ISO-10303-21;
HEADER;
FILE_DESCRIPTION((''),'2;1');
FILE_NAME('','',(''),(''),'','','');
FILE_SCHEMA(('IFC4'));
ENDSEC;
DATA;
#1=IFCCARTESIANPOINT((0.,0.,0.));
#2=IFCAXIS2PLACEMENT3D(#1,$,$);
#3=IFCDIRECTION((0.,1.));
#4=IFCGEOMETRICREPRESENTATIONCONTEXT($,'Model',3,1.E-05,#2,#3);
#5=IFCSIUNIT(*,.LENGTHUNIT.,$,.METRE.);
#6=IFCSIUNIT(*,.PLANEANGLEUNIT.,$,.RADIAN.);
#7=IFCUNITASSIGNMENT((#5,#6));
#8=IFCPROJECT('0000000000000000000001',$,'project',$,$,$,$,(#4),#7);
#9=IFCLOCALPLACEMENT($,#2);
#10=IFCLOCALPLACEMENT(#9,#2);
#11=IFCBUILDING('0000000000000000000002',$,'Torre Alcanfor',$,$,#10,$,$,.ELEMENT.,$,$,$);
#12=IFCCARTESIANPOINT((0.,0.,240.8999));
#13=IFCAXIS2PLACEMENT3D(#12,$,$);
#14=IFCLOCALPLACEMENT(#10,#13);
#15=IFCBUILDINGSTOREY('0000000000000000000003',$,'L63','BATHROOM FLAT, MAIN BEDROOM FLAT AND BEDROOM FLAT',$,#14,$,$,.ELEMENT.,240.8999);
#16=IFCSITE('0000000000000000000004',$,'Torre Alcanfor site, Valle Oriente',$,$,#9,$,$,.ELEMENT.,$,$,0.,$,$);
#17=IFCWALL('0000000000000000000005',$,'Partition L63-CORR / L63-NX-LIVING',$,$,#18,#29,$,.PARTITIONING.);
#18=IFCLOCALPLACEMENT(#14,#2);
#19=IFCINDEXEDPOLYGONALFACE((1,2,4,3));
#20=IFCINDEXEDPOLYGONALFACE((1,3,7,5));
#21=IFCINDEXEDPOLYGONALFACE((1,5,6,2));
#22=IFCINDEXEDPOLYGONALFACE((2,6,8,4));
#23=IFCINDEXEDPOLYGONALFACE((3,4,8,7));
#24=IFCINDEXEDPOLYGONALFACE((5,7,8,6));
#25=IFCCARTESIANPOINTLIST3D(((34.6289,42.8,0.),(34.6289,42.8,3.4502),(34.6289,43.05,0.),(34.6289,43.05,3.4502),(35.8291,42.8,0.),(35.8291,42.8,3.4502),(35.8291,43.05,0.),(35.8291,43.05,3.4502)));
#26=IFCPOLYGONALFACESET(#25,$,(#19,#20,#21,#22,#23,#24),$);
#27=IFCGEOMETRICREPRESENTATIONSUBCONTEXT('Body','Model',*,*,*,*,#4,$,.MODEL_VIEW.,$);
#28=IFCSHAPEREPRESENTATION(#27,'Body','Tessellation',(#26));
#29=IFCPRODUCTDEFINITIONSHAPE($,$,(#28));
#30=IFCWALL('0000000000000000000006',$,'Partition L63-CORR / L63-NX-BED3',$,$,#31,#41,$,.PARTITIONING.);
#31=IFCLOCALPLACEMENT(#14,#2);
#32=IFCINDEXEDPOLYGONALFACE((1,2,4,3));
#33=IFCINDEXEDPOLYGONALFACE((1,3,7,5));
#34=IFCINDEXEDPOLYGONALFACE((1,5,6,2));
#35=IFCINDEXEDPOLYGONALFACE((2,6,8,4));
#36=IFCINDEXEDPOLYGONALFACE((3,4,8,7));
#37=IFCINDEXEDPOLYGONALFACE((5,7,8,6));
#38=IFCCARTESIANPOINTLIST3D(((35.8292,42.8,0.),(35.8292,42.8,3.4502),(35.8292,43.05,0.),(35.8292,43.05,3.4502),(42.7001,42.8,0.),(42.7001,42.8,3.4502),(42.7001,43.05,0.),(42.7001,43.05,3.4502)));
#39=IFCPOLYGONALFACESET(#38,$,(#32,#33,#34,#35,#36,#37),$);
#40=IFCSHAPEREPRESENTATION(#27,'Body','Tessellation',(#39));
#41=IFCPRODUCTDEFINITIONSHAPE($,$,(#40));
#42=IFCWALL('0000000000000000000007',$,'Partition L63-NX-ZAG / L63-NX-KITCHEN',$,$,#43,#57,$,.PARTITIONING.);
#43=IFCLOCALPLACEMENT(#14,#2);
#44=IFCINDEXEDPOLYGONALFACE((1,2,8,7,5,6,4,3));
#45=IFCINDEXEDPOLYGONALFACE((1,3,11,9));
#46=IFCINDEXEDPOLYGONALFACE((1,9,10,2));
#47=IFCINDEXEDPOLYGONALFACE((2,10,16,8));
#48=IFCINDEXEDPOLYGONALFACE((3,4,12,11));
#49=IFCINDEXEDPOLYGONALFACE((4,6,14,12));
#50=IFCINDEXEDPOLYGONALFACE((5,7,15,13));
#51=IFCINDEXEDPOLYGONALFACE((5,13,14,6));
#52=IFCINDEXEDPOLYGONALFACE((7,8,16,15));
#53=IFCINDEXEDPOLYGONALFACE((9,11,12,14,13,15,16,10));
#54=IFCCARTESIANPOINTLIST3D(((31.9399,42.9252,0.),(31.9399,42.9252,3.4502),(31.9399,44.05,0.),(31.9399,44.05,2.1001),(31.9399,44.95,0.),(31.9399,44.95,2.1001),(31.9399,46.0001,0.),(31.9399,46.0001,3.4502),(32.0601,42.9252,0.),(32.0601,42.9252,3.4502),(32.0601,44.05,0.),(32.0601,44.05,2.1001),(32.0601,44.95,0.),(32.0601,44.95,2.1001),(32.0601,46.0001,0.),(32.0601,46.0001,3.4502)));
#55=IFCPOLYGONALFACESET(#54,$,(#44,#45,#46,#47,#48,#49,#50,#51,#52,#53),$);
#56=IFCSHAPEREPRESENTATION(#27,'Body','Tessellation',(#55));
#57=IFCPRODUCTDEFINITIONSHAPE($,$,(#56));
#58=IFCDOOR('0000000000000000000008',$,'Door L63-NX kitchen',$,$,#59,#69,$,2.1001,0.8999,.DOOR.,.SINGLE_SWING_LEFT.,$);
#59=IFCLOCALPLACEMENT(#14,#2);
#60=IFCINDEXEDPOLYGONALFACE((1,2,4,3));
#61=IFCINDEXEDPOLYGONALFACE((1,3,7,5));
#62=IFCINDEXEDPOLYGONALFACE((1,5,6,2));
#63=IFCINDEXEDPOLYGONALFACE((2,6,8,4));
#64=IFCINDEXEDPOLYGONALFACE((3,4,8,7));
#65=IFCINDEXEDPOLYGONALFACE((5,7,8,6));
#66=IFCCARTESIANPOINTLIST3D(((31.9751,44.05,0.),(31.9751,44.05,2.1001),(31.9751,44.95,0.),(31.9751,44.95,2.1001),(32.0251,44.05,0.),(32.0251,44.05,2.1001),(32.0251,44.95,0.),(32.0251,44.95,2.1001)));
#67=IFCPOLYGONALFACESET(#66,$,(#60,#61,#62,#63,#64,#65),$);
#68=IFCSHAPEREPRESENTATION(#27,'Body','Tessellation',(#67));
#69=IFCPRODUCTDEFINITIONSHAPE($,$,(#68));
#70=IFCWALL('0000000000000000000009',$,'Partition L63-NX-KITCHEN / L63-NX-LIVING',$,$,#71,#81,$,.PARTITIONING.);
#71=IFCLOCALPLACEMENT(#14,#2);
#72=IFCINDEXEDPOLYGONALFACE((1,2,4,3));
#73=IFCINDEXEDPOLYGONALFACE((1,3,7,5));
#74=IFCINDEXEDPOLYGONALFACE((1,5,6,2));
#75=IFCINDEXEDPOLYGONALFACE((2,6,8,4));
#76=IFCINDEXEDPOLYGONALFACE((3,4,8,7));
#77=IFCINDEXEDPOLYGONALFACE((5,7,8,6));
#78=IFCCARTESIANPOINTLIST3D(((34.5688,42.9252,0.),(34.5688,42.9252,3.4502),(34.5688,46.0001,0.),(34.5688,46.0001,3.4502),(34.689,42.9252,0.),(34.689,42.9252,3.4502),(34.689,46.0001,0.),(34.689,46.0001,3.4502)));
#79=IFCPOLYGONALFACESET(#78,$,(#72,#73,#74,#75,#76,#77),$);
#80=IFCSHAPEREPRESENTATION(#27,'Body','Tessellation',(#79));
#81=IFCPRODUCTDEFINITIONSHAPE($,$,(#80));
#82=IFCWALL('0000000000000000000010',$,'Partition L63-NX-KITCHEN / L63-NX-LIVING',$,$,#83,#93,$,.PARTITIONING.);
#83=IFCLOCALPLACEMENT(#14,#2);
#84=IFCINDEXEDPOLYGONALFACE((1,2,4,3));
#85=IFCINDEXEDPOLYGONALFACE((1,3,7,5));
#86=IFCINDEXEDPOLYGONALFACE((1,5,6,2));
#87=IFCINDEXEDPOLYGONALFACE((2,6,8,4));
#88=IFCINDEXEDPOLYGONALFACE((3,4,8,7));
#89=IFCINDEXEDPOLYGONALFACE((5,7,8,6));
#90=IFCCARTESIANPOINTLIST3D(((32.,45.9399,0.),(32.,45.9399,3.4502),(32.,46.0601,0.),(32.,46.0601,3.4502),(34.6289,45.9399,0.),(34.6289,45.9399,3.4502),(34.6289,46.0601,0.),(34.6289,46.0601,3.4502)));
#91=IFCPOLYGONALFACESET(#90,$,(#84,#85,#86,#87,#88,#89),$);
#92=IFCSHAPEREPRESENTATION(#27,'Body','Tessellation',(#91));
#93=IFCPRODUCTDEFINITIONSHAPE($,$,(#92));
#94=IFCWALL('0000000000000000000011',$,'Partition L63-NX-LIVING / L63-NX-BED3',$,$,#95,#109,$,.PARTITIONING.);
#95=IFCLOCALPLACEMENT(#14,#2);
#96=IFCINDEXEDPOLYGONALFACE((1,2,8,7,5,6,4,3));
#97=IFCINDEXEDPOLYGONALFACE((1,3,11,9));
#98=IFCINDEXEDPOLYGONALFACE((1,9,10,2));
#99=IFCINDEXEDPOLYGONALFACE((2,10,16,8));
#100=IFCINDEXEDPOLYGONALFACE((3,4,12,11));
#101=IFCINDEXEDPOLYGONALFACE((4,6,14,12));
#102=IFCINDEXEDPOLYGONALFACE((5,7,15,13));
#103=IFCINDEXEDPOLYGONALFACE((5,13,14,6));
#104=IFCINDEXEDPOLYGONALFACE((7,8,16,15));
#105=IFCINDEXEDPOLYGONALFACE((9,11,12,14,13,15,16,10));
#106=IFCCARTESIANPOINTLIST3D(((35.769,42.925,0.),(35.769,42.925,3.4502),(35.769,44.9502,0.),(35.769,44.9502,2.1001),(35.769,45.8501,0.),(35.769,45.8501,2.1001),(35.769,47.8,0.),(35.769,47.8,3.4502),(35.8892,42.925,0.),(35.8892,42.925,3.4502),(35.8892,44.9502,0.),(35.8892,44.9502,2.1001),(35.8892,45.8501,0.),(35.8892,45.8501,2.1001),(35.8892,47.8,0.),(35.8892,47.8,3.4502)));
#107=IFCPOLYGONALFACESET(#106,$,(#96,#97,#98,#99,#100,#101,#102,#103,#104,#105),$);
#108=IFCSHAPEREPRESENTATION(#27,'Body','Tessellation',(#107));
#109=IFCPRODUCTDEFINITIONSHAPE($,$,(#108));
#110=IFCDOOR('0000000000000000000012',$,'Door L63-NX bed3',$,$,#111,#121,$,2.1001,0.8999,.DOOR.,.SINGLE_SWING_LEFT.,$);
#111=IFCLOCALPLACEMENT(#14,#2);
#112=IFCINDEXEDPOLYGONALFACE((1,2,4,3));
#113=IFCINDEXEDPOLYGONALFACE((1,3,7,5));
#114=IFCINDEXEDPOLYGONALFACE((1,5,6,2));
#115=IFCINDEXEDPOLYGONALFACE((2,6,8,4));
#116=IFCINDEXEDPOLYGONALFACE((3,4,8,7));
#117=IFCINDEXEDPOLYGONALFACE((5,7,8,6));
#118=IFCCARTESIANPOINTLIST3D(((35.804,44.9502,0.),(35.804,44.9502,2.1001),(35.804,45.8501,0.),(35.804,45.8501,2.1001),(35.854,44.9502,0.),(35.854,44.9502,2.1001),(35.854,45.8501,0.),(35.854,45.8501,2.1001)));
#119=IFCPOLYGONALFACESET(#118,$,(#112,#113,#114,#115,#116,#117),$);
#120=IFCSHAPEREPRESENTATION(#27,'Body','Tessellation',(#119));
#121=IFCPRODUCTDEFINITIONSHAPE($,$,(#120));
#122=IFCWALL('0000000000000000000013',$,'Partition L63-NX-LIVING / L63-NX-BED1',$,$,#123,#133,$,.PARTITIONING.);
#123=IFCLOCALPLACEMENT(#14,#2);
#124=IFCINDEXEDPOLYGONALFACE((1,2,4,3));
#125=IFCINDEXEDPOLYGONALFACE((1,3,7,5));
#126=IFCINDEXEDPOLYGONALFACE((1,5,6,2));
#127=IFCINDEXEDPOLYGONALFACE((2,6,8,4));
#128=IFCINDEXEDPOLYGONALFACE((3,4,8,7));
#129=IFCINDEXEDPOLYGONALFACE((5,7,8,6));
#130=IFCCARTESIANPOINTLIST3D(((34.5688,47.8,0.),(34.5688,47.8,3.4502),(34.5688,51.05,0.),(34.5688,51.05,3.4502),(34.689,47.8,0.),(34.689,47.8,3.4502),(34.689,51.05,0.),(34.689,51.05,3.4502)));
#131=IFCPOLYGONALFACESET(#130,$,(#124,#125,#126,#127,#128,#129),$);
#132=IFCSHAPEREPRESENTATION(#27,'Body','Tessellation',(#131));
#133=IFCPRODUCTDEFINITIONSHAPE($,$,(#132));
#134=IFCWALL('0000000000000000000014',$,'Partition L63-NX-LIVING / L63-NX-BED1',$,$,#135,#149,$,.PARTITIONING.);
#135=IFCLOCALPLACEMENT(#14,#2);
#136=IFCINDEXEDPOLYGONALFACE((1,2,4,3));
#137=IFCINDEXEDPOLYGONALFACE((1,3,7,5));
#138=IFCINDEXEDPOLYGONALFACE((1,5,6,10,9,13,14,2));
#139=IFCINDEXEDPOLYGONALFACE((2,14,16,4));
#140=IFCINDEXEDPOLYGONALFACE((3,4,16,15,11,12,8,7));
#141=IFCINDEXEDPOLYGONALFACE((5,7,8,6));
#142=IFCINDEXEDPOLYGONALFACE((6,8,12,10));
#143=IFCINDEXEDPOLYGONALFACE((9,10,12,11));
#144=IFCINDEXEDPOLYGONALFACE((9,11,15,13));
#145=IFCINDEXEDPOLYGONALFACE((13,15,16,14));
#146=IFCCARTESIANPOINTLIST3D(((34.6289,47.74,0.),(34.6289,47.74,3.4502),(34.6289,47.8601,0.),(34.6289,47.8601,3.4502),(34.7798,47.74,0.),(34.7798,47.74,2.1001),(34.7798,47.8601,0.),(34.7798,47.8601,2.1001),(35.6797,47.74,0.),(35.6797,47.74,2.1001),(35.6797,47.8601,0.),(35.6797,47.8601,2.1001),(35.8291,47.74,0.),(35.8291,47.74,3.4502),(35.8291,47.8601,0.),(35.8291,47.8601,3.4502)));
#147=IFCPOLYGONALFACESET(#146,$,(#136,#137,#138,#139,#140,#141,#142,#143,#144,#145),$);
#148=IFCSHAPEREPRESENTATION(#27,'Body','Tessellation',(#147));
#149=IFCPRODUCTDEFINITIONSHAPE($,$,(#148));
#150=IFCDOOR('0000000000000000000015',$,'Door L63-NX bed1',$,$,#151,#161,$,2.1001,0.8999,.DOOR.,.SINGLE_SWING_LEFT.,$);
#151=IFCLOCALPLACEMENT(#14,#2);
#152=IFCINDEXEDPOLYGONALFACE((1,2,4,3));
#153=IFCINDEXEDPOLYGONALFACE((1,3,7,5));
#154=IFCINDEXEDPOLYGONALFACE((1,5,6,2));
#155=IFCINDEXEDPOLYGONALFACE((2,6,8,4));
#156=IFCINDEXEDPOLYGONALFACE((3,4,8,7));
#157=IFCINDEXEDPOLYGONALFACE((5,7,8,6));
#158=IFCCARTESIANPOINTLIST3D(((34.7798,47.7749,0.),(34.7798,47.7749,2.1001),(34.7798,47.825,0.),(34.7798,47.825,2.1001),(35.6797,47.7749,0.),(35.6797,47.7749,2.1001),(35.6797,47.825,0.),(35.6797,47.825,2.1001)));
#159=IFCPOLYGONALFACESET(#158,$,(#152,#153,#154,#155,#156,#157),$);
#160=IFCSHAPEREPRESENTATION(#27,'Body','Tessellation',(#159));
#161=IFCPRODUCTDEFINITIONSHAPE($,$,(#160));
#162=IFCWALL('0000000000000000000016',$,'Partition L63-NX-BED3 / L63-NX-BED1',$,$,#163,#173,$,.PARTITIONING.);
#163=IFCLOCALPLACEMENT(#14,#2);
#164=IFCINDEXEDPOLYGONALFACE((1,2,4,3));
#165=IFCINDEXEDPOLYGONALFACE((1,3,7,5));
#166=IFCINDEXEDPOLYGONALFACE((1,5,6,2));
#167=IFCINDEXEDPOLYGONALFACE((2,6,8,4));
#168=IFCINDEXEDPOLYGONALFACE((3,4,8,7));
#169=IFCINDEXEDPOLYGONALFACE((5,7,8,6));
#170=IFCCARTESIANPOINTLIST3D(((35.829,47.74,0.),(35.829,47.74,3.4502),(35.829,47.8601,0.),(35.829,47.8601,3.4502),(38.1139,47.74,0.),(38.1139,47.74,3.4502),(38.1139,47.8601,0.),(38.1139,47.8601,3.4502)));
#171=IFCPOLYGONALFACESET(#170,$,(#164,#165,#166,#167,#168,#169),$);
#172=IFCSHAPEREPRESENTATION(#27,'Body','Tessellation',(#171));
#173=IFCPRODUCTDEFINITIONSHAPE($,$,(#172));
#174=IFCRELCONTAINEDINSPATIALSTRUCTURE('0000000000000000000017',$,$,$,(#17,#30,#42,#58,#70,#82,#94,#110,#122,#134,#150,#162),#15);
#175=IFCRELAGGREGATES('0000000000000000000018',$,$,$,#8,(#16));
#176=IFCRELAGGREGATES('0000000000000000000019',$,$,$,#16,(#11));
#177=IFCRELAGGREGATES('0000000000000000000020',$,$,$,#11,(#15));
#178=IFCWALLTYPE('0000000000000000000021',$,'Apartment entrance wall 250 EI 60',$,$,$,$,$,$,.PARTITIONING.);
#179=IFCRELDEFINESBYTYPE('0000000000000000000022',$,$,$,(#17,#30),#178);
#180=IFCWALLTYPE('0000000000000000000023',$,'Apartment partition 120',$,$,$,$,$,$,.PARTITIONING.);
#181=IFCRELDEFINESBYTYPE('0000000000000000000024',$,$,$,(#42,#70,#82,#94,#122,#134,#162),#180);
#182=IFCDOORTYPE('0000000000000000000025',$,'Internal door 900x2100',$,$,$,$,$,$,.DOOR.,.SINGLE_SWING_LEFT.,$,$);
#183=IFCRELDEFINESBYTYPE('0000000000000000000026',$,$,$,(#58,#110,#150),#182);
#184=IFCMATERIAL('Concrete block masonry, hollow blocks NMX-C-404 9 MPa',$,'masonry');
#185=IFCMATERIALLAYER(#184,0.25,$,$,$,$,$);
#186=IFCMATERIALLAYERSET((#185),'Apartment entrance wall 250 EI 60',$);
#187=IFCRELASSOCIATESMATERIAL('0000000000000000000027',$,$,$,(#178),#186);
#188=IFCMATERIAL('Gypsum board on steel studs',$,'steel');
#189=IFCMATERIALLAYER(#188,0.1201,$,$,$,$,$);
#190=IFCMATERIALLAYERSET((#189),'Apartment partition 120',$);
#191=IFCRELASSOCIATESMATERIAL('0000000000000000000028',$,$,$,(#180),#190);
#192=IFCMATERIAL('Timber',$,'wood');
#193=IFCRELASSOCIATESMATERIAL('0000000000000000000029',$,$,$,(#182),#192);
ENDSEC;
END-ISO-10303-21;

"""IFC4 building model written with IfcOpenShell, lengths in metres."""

from ifc_helpers import new_model, si_unit, direction, frame, frame_2d, origin, place, context, subcontext, project, spatial, rectangle, extrude, material, layer, layer_set, type_object, element, fill, save


model = new_model("IFC4")

# Units and contexts
model_context = context("Model", 3, precision=1e-05, world=origin(), true_north=direction((0.0, 1.0)))
body_context = subcontext(model_context, "Body", "Model", "MODEL_VIEW")
ifc_project = project(units=[si_unit("LENGTHUNIT", "METRE"), si_unit("PLANEANGLEUNIT", "RADIAN")], contexts=[model_context])

# Site, building, storey
site_placement = place(None, origin())
site = spatial("IfcSite", under=ifc_project, at=site_placement, Name="Torre Alcanfor site, Valle Oriente", CompositionType="ELEMENT", RefElevation=0.0)
building_placement = place(site_placement, origin())
building = spatial("IfcBuilding", under=site, at=building_placement, Name="Torre Alcanfor", CompositionType="ELEMENT")
storey_placement = place(building_placement, frame((0.0, 0.0, 240.8999)))
storey = spatial("IfcBuildingStorey", under=building, at=storey_placement, Name="L63", Description="BATHROOM FLAT, MAIN BEDROOM FLAT AND BEDROOM FLAT", CompositionType="ELEMENT", Elevation=240.8999)

# Walls
ifc_material_1 = material(Name="Concrete block masonry, hollow blocks NMX-C-404 9 MPa", Category="masonry")
ifc_layer_1 = layer(ifc_material_1, 0.25)
ifc_layer_set_1 = layer_set([ifc_layer_1], Name="Apartment entrance wall 250 EI 60")
wall_type_1 = type_object("IfcWallType", Name="Apartment entrance wall 250 EI 60", PredefinedType="PARTITIONING", material=ifc_layer_set_1)
wall_1_placement = place(storey_placement, frame((34.6289, 42.925, 0.0), z_axis=(0.0, 0.0, 1.0), x_axis=(1.0, 0.0, 0.0)))
element("IfcWall", 1, at=wall_1_placement, inside=storey, type_object=wall_type_1, Name="Partition L63-CORR / L63-NX-LIVING", PredefinedType="PARTITIONING", context=body_context, shape_type="SweptSolid", body=[
    extrude(rectangle(XDim=1.2002, YDim=0.25, at=frame_2d((0.6001, 0.0))), origin(), (0.0, 0.0, 1.0), 3.4502),
])
wall_2_placement = place(storey_placement, frame((35.8291, 42.925, 0.0), z_axis=(0.0, 0.0, 1.0), x_axis=(1.0, 0.0, 0.0)))
element("IfcWall", 2, at=wall_2_placement, inside=storey, type_object=wall_type_1, Name="Partition L63-CORR / L63-NX-BED3", PredefinedType="PARTITIONING", context=body_context, shape_type="SweptSolid", body=[
    extrude(rectangle(XDim=6.8708, YDim=0.25, at=frame_2d((3.4355, 0.0))), origin(), (0.0, 0.0, 1.0), 3.4502),
])

# Wall, opening, door
ifc_material_2 = material(Name="Gypsum board on steel studs", Category="steel")
ifc_layer_2 = layer(ifc_material_2, 0.1201)
ifc_layer_set_2 = layer_set([ifc_layer_2], Name="Apartment partition 120")
wall_type_2 = type_object("IfcWallType", Name="Apartment partition 120", PredefinedType="PARTITIONING", material=ifc_layer_set_2)
wall_3_placement = place(storey_placement, frame((32.0, 42.925, 0.0), z_axis=(0.0, 0.0, 1.0), x_axis=(0.0, 1.0, 0.0)))
wall_3 = element("IfcWall", 3, at=wall_3_placement, inside=storey, type_object=wall_type_2, Name="Partition L63-NX-ZAG / L63-NX-KITCHEN", PredefinedType="PARTITIONING", context=body_context, shape_type="SweptSolid", body=[
    extrude(rectangle(XDim=3.075, YDim=0.1201, at=frame_2d((1.5376, 0.0))), origin(), (0.0, 0.0, 1.0), 3.4502),
])
opening_1_placement = place(wall_3_placement, frame((1.125, 0.0, 0.0)))
opening_1 = element("IfcOpeningElement", 4, at=opening_1_placement, cuts=wall_3, PredefinedType="OPENING", context=body_context, shape_type="SweptSolid", body=[
    extrude(rectangle(XDim=0.8999, YDim=2.1001, at=frame_2d((0.45, 1.05))), frame((0.0, 0.0701, 0.0), z_axis=(0.0, -1.0, 0.0), x_axis=(1.0, 0.0, 0.0)), (0.0, 0.0, 1.0), 0.1401),
])
ifc_material_3 = material(Name="Timber", Category="wood")
door_type_1 = type_object("IfcDoorType", Name="Internal door 900x2100", OperationType="SINGLE_SWING_LEFT", PredefinedType="DOOR", material=ifc_material_3)
door_1_placement = place(opening_1_placement, frame((0.8999, 0.0, 0.0), z_axis=(0.0, 0.0, 1.0), x_axis=(-1.0, 0.0, 0.0)))
door_1 = element("IfcDoor", 5, at=door_1_placement, inside=storey, type_object=door_type_1, Name="Door L63-NX kitchen", OperationType="SINGLE_SWING_LEFT", OverallHeight=2.1001, OverallWidth=0.8999, PredefinedType="DOOR", context=body_context, shape_type="SweptSolid", body=[
    extrude(rectangle(XDim=0.8999, YDim=2.1001, at=frame_2d((0.45, 1.05))), frame((0.0, 0.0251, 0.0), z_axis=(0.0, -1.0, 0.0), x_axis=(1.0, 0.0, 0.0)), (0.0, 0.0, 1.0), 0.05),
])
fill(opening_1, door_1)

# Walls
wall_4_placement = place(storey_placement, frame((34.6289, 42.925, 0.0), z_axis=(0.0, 0.0, 1.0), x_axis=(0.0, 1.0, 0.0)))
element("IfcWall", 6, at=wall_4_placement, inside=storey, type_object=wall_type_2, Name="Partition L63-NX-KITCHEN / L63-NX-LIVING", PredefinedType="PARTITIONING", context=body_context, shape_type="SweptSolid", body=[
    extrude(rectangle(XDim=3.075, YDim=0.1201, at=frame_2d((1.5376, 0.0))), origin(), (0.0, 0.0, 1.0), 3.4502),
])
wall_5_placement = place(storey_placement, frame((34.6289, 46.0, 0.0), z_axis=(0.0, 0.0, 1.0), x_axis=(-1.0, 0.0, 0.0)))
element("IfcWall", 7, at=wall_5_placement, inside=storey, type_object=wall_type_2, Name="Partition L63-NX-KITCHEN / L63-NX-LIVING", PredefinedType="PARTITIONING", context=body_context, shape_type="SweptSolid", body=[
    extrude(rectangle(XDim=2.6289, YDim=0.1201, at=frame_2d((1.3145, 0.0))), origin(), (0.0, 0.0, 1.0), 3.4502),
])

# Wall, opening, door
wall_6_placement = place(storey_placement, frame((35.8291, 47.8, 0.0), z_axis=(0.0, 0.0, 1.0), x_axis=(0.0, -1.0, 0.0)))
wall_6 = element("IfcWall", 8, at=wall_6_placement, inside=storey, type_object=wall_type_2, Name="Partition L63-NX-LIVING / L63-NX-BED3", PredefinedType="PARTITIONING", context=body_context, shape_type="SweptSolid", body=[
    extrude(rectangle(XDim=4.875, YDim=0.1201, at=frame_2d((2.4375, 0.0))), origin(), (0.0, 0.0, 1.0), 3.4502),
])
opening_2_placement = place(wall_6_placement, frame((1.95, 0.0, 0.0)))
opening_2 = element("IfcOpeningElement", 9, at=opening_2_placement, cuts=wall_6, PredefinedType="OPENING", context=body_context, shape_type="SweptSolid", body=[
    extrude(rectangle(XDim=0.8999, YDim=2.1001, at=frame_2d((0.45, 1.05))), frame((0.0, 0.0701, 0.0), z_axis=(0.0, -1.0, 0.0), x_axis=(1.0, 0.0, 0.0)), (0.0, 0.0, 1.0), 0.1401),
])
door_2_placement = place(opening_2_placement, origin())
door_2 = element("IfcDoor", 10, at=door_2_placement, inside=storey, type_object=door_type_1, Name="Door L63-NX bed3", OperationType="SINGLE_SWING_LEFT", OverallHeight=2.1001, OverallWidth=0.8999, PredefinedType="DOOR", context=body_context, shape_type="SweptSolid", body=[
    extrude(rectangle(XDim=0.8999, YDim=2.1001, at=frame_2d((0.45, 1.05))), frame((0.0, 0.0249, 0.0), z_axis=(0.0, -1.0, 0.0), x_axis=(1.0, 0.0, 0.0)), (0.0, 0.0, 1.0), 0.05),
])
fill(opening_2, door_2)

# Wall
wall_7_placement = place(storey_placement, frame((34.6289, 51.05, 0.0), z_axis=(0.0, 0.0, 1.0), x_axis=(0.0, -1.0, 0.0)))
element("IfcWall", 11, at=wall_7_placement, inside=storey, type_object=wall_type_2, Name="Partition L63-NX-LIVING / L63-NX-BED1", PredefinedType="PARTITIONING", context=body_context, shape_type="SweptSolid", body=[
    extrude(rectangle(XDim=3.25, YDim=0.1201, at=frame_2d((1.625, 0.0))), origin(), (0.0, 0.0, 1.0), 3.4502),
])

# Wall, opening, door
wall_8_placement = place(storey_placement, frame((34.6289, 47.8, 0.0), z_axis=(0.0, 0.0, 1.0), x_axis=(1.0, 0.0, 0.0)))
wall_8 = element("IfcWall", 12, at=wall_8_placement, inside=storey, type_object=wall_type_2, Name="Partition L63-NX-LIVING / L63-NX-BED1", PredefinedType="PARTITIONING", context=body_context, shape_type="SweptSolid", body=[
    extrude(rectangle(XDim=1.2002, YDim=0.1201, at=frame_2d((0.6001, 0.0))), origin(), (0.0, 0.0, 1.0), 3.4502),
])
opening_3_placement = place(wall_8_placement, frame((0.1509, 0.0, 0.0)))
opening_3 = element("IfcOpeningElement", 13, at=opening_3_placement, cuts=wall_8, PredefinedType="OPENING", context=body_context, shape_type="SweptSolid", body=[
    extrude(rectangle(XDim=0.8999, YDim=2.1001, at=frame_2d((0.45, 1.05))), frame((0.0, 0.0701, 0.0), z_axis=(0.0, -1.0, 0.0), x_axis=(1.0, 0.0, 0.0)), (0.0, 0.0, 1.0), 0.1401),
])
door_3_placement = place(opening_3_placement, origin())
door_3 = element("IfcDoor", 14, at=door_3_placement, inside=storey, type_object=door_type_1, Name="Door L63-NX bed1", OperationType="SINGLE_SWING_LEFT", OverallHeight=2.1001, OverallWidth=0.8999, PredefinedType="DOOR", context=body_context, shape_type="SweptSolid", body=[
    extrude(rectangle(XDim=0.8999, YDim=2.1001, at=frame_2d((0.45, 1.05))), frame((0.0, 0.0249, 0.0), z_axis=(0.0, -1.0, 0.0), x_axis=(1.0, 0.0, 0.0)), (0.0, 0.0, 1.0), 0.05),
])
fill(opening_3, door_3)

# Wall
wall_9_placement = place(storey_placement, frame((38.114, 47.8, 0.0), z_axis=(0.0, 0.0, 1.0), x_axis=(-1.0, 0.0, 0.0)))
element("IfcWall", 15, at=wall_9_placement, inside=storey, type_object=wall_type_2, Name="Partition L63-NX-BED3 / L63-NX-BED1", PredefinedType="PARTITIONING", context=body_context, shape_type="SweptSolid", body=[
    extrude(rectangle(XDim=2.2849, YDim=0.1201, at=frame_2d((1.1426, 0.0))), origin(), (0.0, 0.0, 1.0), 3.4502),
])

save(model, "model.ifc")
